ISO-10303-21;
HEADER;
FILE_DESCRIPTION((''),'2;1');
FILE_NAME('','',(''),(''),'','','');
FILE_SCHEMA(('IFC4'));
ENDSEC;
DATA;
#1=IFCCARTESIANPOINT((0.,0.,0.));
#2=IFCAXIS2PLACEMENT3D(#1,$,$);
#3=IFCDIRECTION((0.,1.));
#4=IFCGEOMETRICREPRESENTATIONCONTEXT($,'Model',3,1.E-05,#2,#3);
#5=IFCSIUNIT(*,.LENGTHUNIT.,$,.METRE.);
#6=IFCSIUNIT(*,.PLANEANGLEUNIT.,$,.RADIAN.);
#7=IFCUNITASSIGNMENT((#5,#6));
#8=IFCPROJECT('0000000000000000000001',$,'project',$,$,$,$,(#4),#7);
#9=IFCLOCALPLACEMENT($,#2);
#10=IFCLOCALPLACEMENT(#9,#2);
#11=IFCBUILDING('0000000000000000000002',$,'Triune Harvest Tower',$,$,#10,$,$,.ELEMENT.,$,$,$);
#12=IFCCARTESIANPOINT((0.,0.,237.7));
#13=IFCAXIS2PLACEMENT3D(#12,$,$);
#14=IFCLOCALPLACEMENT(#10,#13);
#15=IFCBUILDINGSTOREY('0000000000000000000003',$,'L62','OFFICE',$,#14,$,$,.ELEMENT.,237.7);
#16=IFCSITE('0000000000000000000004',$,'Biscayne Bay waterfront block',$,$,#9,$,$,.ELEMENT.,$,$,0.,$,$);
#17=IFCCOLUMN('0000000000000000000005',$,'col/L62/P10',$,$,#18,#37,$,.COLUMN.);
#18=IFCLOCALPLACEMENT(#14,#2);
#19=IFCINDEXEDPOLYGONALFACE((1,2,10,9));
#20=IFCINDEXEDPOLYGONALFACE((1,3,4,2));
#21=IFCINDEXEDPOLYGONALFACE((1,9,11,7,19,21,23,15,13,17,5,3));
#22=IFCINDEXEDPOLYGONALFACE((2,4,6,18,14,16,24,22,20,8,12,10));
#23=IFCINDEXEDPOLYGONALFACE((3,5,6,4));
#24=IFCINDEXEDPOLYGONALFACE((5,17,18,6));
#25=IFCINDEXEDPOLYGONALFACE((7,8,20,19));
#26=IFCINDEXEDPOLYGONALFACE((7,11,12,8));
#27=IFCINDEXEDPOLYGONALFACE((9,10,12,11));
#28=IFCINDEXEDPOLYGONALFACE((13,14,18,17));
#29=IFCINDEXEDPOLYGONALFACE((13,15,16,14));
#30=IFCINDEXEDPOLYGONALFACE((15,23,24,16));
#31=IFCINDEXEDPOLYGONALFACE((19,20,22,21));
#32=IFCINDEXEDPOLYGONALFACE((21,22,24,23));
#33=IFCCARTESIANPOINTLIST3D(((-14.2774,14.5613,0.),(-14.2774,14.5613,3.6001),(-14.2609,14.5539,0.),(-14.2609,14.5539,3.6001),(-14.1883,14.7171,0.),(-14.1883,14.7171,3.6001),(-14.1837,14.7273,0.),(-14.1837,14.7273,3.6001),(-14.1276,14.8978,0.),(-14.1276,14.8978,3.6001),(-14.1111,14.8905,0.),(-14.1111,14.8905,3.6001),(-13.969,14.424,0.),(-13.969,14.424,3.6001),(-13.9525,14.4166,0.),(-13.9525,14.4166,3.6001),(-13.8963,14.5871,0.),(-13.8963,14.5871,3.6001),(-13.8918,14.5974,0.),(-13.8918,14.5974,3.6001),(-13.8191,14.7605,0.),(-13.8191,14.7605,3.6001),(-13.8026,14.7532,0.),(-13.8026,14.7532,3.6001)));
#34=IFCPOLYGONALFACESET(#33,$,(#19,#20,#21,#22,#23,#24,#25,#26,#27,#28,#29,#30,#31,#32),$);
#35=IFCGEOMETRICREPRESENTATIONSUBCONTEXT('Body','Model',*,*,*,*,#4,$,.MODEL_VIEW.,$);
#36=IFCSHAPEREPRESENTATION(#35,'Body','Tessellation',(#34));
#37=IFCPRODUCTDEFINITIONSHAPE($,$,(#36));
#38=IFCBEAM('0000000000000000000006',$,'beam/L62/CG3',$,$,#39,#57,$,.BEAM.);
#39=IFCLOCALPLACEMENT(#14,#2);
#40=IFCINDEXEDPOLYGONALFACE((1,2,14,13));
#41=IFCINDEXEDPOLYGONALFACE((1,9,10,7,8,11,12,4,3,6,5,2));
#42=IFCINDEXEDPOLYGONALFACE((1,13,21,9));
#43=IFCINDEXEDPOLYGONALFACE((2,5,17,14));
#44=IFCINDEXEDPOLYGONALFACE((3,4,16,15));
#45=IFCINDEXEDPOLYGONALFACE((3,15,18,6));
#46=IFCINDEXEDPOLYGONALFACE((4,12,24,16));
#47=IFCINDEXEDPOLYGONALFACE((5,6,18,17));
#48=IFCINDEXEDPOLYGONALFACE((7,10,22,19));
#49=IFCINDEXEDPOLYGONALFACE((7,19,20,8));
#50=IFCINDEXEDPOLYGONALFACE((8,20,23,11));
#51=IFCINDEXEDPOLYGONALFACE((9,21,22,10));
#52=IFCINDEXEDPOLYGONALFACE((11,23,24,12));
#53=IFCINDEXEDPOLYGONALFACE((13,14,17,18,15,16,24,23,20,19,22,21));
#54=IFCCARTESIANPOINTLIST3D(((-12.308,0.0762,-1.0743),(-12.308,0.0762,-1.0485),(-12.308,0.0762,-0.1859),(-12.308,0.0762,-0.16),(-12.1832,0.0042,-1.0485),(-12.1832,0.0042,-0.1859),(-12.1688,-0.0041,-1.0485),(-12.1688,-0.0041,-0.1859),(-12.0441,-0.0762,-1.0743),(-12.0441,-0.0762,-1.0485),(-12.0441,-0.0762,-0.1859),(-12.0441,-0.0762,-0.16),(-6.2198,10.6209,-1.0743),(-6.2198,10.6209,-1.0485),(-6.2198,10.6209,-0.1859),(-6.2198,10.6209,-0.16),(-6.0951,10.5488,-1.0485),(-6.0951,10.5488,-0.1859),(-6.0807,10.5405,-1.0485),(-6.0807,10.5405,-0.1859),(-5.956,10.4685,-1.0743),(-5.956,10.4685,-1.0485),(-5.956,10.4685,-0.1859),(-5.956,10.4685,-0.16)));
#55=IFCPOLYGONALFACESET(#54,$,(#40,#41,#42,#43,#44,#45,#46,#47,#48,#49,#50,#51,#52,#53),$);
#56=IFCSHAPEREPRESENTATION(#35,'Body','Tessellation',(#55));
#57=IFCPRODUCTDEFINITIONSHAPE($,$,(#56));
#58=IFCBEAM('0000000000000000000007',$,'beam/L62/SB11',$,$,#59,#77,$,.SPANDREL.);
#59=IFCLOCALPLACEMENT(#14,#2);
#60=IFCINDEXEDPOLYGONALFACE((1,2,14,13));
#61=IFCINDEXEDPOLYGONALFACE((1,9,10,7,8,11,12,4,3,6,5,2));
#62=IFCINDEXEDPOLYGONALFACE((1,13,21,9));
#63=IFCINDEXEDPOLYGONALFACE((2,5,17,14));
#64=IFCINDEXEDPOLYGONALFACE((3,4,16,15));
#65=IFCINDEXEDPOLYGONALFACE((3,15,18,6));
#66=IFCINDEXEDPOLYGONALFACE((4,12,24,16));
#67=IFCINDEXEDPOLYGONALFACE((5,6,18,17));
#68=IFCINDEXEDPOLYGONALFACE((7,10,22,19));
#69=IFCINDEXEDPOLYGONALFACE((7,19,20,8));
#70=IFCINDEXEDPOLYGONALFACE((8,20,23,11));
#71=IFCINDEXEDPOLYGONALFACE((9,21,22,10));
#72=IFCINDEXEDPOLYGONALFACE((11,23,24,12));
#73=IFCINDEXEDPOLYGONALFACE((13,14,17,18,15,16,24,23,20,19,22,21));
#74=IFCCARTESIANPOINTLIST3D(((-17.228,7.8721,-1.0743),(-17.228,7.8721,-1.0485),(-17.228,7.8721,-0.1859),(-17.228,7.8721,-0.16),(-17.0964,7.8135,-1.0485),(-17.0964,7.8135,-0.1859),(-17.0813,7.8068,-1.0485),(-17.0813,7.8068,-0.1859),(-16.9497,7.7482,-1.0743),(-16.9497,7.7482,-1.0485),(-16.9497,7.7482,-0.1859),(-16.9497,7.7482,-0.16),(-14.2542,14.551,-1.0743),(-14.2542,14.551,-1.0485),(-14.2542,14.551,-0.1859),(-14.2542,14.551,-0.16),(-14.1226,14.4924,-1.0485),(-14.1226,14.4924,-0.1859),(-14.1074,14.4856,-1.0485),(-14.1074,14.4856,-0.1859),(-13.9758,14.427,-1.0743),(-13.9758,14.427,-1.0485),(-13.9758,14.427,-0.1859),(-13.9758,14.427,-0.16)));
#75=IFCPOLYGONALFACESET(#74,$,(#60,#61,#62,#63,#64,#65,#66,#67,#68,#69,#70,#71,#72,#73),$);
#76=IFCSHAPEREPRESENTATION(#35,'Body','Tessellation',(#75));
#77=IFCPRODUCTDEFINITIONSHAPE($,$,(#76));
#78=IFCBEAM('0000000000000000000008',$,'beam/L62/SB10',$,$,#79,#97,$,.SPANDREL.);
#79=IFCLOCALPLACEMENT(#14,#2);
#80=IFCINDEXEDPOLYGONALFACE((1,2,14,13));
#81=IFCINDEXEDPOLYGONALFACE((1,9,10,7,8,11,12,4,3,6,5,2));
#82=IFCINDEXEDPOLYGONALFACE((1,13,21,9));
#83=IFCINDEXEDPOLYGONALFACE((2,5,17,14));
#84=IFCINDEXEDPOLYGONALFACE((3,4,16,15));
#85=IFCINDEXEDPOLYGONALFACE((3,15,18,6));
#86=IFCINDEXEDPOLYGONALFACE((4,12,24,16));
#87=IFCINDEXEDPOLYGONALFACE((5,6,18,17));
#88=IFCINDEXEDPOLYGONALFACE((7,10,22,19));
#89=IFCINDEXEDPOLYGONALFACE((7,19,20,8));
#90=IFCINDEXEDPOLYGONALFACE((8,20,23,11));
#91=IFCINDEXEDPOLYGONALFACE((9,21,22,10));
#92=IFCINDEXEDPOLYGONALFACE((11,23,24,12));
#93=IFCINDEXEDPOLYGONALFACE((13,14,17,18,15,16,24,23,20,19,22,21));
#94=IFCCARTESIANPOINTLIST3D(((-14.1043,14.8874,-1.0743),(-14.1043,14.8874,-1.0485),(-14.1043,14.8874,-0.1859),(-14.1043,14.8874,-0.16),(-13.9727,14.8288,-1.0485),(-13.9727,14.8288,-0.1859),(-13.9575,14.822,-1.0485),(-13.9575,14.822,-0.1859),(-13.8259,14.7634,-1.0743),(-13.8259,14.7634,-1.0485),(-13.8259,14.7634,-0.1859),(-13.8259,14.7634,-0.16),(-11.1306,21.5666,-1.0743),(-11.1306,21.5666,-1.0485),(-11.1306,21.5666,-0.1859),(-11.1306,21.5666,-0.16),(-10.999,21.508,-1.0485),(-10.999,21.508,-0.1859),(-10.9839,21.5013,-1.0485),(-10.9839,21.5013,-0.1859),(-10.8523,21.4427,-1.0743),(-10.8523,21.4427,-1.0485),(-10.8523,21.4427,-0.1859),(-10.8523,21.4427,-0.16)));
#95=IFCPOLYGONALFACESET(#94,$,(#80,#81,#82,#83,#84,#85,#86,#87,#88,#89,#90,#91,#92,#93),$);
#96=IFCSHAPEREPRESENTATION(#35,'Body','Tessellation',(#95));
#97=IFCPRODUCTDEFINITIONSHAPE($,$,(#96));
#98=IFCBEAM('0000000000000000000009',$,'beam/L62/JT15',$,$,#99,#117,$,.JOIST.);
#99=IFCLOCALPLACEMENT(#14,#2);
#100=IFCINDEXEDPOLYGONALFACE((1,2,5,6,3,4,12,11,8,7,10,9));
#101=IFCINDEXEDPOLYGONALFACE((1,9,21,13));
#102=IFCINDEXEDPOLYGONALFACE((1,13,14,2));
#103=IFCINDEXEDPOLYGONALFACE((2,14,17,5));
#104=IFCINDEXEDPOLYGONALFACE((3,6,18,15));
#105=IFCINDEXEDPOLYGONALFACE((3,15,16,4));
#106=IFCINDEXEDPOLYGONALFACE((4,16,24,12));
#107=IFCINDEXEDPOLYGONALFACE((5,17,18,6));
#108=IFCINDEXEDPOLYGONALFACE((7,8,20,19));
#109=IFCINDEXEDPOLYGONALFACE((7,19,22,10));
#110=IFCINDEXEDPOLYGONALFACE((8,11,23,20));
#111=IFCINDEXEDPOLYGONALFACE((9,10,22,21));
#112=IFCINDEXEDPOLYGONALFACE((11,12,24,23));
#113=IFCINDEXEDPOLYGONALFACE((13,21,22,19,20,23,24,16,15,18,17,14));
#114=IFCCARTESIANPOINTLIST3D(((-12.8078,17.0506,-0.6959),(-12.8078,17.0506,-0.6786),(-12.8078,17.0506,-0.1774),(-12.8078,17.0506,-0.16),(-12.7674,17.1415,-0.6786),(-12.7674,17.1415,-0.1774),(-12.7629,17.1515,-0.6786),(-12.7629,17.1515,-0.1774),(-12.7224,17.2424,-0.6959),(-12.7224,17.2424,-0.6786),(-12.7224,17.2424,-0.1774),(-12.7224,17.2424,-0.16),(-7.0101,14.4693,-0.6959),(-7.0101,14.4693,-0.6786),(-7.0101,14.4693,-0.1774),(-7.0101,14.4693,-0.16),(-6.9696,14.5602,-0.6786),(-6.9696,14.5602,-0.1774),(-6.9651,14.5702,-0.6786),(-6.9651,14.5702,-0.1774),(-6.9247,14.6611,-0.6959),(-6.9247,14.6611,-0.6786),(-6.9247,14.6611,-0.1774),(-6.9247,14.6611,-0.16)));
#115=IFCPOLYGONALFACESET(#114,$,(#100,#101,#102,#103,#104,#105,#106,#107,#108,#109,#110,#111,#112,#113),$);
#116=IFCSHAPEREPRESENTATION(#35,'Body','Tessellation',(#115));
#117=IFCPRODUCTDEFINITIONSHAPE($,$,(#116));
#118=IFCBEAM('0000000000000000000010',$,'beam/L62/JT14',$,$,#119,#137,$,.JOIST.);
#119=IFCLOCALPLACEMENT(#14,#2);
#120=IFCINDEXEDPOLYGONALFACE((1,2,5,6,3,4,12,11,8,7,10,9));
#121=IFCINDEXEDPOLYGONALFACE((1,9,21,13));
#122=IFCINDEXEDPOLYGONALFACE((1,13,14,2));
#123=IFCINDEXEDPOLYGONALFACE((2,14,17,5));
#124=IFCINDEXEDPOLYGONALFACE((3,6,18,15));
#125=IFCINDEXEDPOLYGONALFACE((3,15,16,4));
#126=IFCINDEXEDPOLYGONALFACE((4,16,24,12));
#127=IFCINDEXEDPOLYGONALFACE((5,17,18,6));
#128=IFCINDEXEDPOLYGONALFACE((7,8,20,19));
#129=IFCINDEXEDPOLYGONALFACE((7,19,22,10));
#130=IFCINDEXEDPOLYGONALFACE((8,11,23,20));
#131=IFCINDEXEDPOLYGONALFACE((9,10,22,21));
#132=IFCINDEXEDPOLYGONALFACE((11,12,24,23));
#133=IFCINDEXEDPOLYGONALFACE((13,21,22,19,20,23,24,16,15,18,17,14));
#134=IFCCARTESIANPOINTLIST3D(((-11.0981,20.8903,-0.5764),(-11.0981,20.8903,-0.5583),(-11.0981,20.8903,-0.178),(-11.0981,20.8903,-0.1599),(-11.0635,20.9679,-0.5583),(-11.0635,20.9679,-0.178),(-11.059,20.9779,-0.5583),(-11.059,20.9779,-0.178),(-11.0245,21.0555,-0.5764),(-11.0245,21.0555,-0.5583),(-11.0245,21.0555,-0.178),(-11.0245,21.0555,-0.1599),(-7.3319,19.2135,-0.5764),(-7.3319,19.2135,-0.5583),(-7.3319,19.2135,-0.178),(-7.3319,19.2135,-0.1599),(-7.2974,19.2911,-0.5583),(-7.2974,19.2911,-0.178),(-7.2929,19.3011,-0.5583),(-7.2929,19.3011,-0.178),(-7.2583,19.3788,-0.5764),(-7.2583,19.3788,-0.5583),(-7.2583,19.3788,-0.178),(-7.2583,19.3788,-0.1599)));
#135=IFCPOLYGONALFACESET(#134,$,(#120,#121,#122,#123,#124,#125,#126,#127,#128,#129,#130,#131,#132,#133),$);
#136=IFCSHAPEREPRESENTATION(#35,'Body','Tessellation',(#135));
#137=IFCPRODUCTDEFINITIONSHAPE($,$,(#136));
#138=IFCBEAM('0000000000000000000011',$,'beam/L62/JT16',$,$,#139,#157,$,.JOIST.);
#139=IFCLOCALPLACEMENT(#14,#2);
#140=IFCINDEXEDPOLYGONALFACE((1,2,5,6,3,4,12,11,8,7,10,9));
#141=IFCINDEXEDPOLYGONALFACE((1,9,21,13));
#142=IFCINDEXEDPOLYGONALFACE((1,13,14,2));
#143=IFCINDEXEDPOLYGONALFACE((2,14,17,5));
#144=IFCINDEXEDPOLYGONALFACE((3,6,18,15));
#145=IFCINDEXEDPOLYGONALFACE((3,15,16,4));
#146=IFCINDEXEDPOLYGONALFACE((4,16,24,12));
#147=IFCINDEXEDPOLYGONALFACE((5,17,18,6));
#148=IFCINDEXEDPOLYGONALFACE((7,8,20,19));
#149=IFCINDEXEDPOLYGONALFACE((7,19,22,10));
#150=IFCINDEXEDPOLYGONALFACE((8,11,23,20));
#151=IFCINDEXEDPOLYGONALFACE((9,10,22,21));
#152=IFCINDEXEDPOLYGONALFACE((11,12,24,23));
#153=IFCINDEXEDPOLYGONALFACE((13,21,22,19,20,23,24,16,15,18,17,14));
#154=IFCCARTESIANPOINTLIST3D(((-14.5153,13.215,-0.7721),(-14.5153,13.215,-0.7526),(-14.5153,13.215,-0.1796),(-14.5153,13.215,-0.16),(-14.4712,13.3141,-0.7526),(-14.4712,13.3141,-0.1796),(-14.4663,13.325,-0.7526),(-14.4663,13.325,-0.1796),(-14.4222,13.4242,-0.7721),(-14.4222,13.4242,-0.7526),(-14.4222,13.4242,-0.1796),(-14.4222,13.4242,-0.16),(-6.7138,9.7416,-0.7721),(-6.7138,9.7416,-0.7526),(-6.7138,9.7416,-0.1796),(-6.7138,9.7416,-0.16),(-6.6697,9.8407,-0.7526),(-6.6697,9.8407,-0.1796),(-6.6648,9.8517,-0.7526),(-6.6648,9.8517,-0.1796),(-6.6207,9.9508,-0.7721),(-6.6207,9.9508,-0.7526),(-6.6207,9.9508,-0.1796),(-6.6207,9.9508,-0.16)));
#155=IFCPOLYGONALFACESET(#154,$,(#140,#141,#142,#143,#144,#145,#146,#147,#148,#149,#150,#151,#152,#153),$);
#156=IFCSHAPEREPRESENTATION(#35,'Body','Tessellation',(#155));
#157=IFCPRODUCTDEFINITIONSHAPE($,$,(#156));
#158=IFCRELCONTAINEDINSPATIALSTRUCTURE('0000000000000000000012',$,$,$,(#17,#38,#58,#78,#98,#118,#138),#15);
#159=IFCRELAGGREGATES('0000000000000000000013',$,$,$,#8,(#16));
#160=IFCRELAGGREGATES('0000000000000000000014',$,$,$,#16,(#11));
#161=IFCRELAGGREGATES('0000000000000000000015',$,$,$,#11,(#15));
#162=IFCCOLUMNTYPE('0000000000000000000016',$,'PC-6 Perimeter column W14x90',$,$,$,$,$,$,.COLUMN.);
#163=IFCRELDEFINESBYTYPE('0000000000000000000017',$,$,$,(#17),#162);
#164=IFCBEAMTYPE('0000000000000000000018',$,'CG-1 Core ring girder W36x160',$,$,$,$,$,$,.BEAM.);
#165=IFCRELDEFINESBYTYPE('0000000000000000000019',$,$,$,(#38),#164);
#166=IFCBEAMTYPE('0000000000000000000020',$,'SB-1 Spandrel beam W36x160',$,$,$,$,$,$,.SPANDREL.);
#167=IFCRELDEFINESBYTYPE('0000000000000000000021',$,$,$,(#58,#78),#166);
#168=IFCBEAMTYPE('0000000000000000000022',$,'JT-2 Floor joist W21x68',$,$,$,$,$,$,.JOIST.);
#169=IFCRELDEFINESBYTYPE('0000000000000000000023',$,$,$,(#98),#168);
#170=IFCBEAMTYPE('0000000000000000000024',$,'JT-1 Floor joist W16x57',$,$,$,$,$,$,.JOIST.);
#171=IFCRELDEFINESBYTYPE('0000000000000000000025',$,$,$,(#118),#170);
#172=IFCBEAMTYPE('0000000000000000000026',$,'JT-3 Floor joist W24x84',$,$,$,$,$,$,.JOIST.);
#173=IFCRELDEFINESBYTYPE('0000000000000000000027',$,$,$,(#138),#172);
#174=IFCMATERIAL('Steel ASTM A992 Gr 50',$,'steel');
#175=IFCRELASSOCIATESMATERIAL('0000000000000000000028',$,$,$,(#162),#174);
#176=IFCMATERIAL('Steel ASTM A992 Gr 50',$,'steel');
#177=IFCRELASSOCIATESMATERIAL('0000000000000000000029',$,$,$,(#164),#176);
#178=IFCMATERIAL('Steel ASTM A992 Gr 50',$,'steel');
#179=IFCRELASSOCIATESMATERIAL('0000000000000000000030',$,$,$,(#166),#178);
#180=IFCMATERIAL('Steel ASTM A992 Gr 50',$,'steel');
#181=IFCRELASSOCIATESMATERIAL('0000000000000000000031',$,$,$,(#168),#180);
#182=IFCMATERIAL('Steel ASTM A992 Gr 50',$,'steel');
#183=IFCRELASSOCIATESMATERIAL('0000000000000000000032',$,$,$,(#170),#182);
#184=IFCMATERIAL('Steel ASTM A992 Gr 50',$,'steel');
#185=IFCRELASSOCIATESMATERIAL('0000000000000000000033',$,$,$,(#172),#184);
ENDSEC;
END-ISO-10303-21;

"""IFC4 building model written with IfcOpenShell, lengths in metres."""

from ifc_helpers import new_model, si_unit, direction, frame, origin, origin_2d, place, context, subcontext, project, spatial, i_section, extrude, source, transform, mapped, material, material_profile, profile_set, type_object, element, save


model = new_model("IFC4")

# Units and contexts
model_context = context("Model", 3, precision=1e-05, world=origin(), true_north=direction((0.0, 1.0)))
body_context = subcontext(model_context, "Body", "Model", "MODEL_VIEW")
ifc_project = project(units=[si_unit("LENGTHUNIT", "METRE"), si_unit("PLANEANGLEUNIT", "RADIAN")], contexts=[model_context])

# Site, building, storey
site_placement = place(None, origin())
site = spatial("IfcSite", under=ifc_project, at=site_placement, Name="Biscayne Bay waterfront block", CompositionType="ELEMENT", RefElevation=0.0)
building_placement = place(site_placement, origin())
building = spatial("IfcBuilding", under=site, at=building_placement, Name="Triune Harvest Tower", CompositionType="ELEMENT")
storey_placement = place(building_placement, frame((0.0, 0.0, 237.7)))
storey = spatial("IfcBuildingStorey", under=building, at=storey_placement, Name="L62", Description="OFFICE", CompositionType="ELEMENT", Elevation=237.7)

# Column
ifc_material_1 = material(Name="Steel ASTM A992 Gr 50", Category="steel")
ifc_material_profile_1 = material_profile(ifc_material_1, i_section(OverallWidth=0.3684, OverallDepth=0.3557, WebThickness=0.0112, FlangeThickness=0.0181, at=origin_2d()), Name="W14x90")
ifc_profile_set_1 = profile_set([ifc_material_profile_1], Name="Steel ASTM A992 Gr 50")
column_type = type_object("IfcColumnType", Name="PC-6 Perimeter column W14x90", PredefinedType="COLUMN", material=ifc_profile_set_1)
shared_shape_1 = source(origin(), body_context, "Body", "SweptSolid", [
    extrude(i_section(OverallWidth=0.3684, OverallDepth=0.3557, WebThickness=0.0112, FlangeThickness=0.0181, at=origin_2d()), origin(), (0.0, 0.0, 1.0), 3.6001),
])
column_placement = place(storey_placement, frame((-14.04, 14.6572, 0.0), z_axis=(0.0, 0.0, 1.0), x_axis=(-0.406738, -0.913545, 0.0)))
element("IfcColumn", 1, at=column_placement, inside=storey, type_object=column_type, Name="col/L62/P10", PredefinedType="COLUMN", context=body_context, shape_type="MappedRepresentation", body=[
    mapped(shared_shape_1, transform((0.0, 0.0, 0.0), scale=1.0)),
])

# Beams
ifc_material_2 = material(Name="Steel ASTM A992 Gr 50", Category="steel")
ifc_material_profile_2 = material_profile(ifc_material_2, i_section(OverallWidth=0.3047, OverallDepth=0.9143, WebThickness=0.0166, FlangeThickness=0.0259, at=origin_2d()), Name="W36x160")
ifc_profile_set_2 = profile_set([ifc_material_profile_2], Name="Steel ASTM A992 Gr 50")
beam_type_1 = type_object("IfcBeamType", Name="CG-1 Core ring girder W36x160", PredefinedType="BEAM", material=ifc_profile_set_2)
shared_shape_2 = source(origin(), body_context, "Body", "SweptSolid", [
    extrude(i_section(OverallWidth=0.3047, OverallDepth=0.9143, WebThickness=0.0166, FlangeThickness=0.0259, at=origin_2d()), origin(), (0.0, 0.0, 1.0), 12.176),
])
beam_1_placement = place(storey_placement, frame((-6.0879, 10.5447, -0.6172), z_axis=(-0.50001, -0.86602, 0.0), x_axis=(0.86602, -0.50001, 0.0)))
element("IfcBeam", 2, at=beam_1_placement, inside=storey, type_object=beam_type_1, Name="beam/L62/CG3", PredefinedType="BEAM", context=body_context, shape_type="MappedRepresentation", body=[
    mapped(shared_shape_2, transform((0.0, 0.0, 0.0), scale=1.0)),
])
ifc_material_3 = material(Name="Steel ASTM A992 Gr 50", Category="steel")
ifc_material_profile_3 = material_profile(ifc_material_3, i_section(OverallWidth=0.3047, OverallDepth=0.9143, WebThickness=0.0166, FlangeThickness=0.0259, at=origin_2d()), Name="W36x160")
ifc_profile_set_3 = profile_set([ifc_material_profile_3], Name="Steel ASTM A992 Gr 50")
beam_type_2 = type_object("IfcBeamType", Name="SB-1 Spandrel beam W36x160", PredefinedType="SPANDREL", material=ifc_profile_set_3)
shared_shape_3 = source(origin(), body_context, "Body", "SweptSolid", [
    extrude(i_section(OverallWidth=0.3047, OverallDepth=0.9143, WebThickness=0.0166, FlangeThickness=0.0259, at=origin_2d()), origin(), (0.0, 0.0, 1.0), 7.311),
])
beam_2_placement = place(storey_placement, frame((-14.115, 14.489, -0.6172), z_axis=(-0.406761, -0.913535, 0.0), x_axis=(0.913535, -0.406761, 0.0)))
element("IfcBeam", 3, at=beam_2_placement, inside=storey, type_object=beam_type_2, Name="beam/L62/SB11", PredefinedType="SPANDREL", context=body_context, shape_type="MappedRepresentation", body=[
    mapped(shared_shape_3, transform((0.0, 0.0, 0.0), scale=1.0)),
])
shared_shape_4 = source(origin(), body_context, "Body", "SweptSolid", [
    extrude(i_section(OverallWidth=0.3047, OverallDepth=0.9143, WebThickness=0.0166, FlangeThickness=0.0259, at=origin_2d()), origin(), (0.0, 0.0, 1.0), 7.3113),
])
beam_3_placement = place(storey_placement, frame((-10.9915, 21.5046, -0.6172), z_axis=(-0.406721, -0.913552, 0.0), x_axis=(0.913552, -0.406721, 0.0)))
element("IfcBeam", 4, at=beam_3_placement, inside=storey, type_object=beam_type_2, Name="beam/L62/SB10", PredefinedType="SPANDREL", context=body_context, shape_type="MappedRepresentation", body=[
    mapped(shared_shape_4, transform((0.0, 0.0, 0.0), scale=1.0)),
])
ifc_material_4 = material(Name="Steel ASTM A992 Gr 50", Category="steel")
ifc_material_profile_4 = material_profile(ifc_material_4, i_section(OverallWidth=0.21, OverallDepth=0.5359, WebThickness=0.011, FlangeThickness=0.0173, at=origin_2d()), Name="W21x68")
ifc_profile_set_4 = profile_set([ifc_material_profile_4], Name="Steel ASTM A992 Gr 50")
beam_type_3 = type_object("IfcBeamType", Name="JT-2 Floor joist W21x68", PredefinedType="JOIST", material=ifc_profile_set_4)
shared_shape_5 = source(origin(), body_context, "Body", "SweptSolid", [
    extrude(i_section(OverallWidth=0.21, OverallDepth=0.5359, WebThickness=0.011, FlangeThickness=0.0173, at=origin_2d()), origin(), (0.0, 0.0, 1.0), 6.3464),
])
beam_4_placement = place(storey_placement, frame((-12.7651, 17.1465, -0.428), z_axis=(0.91355, -0.406727, 0.0), x_axis=(0.406727, 0.91355, 0.0)))
element("IfcBeam", 5, at=beam_4_placement, inside=storey, type_object=beam_type_3, Name="beam/L62/JT15", PredefinedType="JOIST", context=body_context, shape_type="MappedRepresentation", body=[
    mapped(shared_shape_5, transform((0.0, 0.0, 0.0), scale=1.0)),
])
ifc_material_5 = material(Name="Steel ASTM A992 Gr 50", Category="steel")
ifc_material_profile_5 = material_profile(ifc_material_5, i_section(OverallWidth=0.1809, OverallDepth=0.4165, WebThickness=0.011, FlangeThickness=0.0181, at=origin_2d()), Name="W16x57")
ifc_profile_set_5 = profile_set([ifc_material_profile_5], Name="Steel ASTM A992 Gr 50")
beam_type_4 = type_object("IfcBeamType", Name="JT-1 Floor joist W16x57", PredefinedType="JOIST", material=ifc_profile_set_5)
shared_shape_6 = source(origin(), body_context, "Body", "SweptSolid", [
    extrude(i_section(OverallWidth=0.1809, OverallDepth=0.4165, WebThickness=0.011, FlangeThickness=0.0181, at=origin_2d()), origin(), (0.0, 0.0, 1.0), 4.1226),
])
beam_5_placement = place(storey_placement, frame((-11.0613, 20.9729, -0.3682), z_axis=(0.913548, -0.406732, 0.0), x_axis=(0.406732, 0.913548, 0.0)))
element("IfcBeam", 6, at=beam_5_placement, inside=storey, type_object=beam_type_4, Name="beam/L62/JT14", PredefinedType="JOIST", context=body_context, shape_type="MappedRepresentation", body=[
    mapped(shared_shape_6, transform((0.0, 0.0, 0.0), scale=1.0)),
])
ifc_material_6 = material(Name="Steel ASTM A992 Gr 50", Category="steel")
ifc_material_profile_6 = material_profile(ifc_material_6, i_section(OverallWidth=0.229, OverallDepth=0.6121, WebThickness=0.012, FlangeThickness=0.0195, at=origin_2d()), Name="W24x84")
ifc_profile_set_6 = profile_set([ifc_material_profile_6], Name="Steel ASTM A992 Gr 50")
beam_type_5 = type_object("IfcBeamType", Name="JT-3 Floor joist W24x84", PredefinedType="JOIST", material=ifc_profile_set_6)
shared_shape_7 = source(origin(), body_context, "Body", "SweptSolid", [
    extrude(i_section(OverallWidth=0.229, OverallDepth=0.6121, WebThickness=0.012, FlangeThickness=0.0195, at=origin_2d()), origin(), (0.0, 0.0, 1.0), 8.5398),
])
beam_6_placement = place(storey_placement, frame((-14.4688, 13.3196, -0.4661), z_axis=(0.913548, -0.40673, 0.0), x_axis=(0.40673, 0.913548, 0.0)))
element("IfcBeam", 7, at=beam_6_placement, inside=storey, type_object=beam_type_5, Name="beam/L62/JT16", PredefinedType="JOIST", context=body_context, shape_type="MappedRepresentation", body=[
    mapped(shared_shape_7, transform((0.0, 0.0, 0.0), scale=1.0)),
])

save(model, "model.ifc")
